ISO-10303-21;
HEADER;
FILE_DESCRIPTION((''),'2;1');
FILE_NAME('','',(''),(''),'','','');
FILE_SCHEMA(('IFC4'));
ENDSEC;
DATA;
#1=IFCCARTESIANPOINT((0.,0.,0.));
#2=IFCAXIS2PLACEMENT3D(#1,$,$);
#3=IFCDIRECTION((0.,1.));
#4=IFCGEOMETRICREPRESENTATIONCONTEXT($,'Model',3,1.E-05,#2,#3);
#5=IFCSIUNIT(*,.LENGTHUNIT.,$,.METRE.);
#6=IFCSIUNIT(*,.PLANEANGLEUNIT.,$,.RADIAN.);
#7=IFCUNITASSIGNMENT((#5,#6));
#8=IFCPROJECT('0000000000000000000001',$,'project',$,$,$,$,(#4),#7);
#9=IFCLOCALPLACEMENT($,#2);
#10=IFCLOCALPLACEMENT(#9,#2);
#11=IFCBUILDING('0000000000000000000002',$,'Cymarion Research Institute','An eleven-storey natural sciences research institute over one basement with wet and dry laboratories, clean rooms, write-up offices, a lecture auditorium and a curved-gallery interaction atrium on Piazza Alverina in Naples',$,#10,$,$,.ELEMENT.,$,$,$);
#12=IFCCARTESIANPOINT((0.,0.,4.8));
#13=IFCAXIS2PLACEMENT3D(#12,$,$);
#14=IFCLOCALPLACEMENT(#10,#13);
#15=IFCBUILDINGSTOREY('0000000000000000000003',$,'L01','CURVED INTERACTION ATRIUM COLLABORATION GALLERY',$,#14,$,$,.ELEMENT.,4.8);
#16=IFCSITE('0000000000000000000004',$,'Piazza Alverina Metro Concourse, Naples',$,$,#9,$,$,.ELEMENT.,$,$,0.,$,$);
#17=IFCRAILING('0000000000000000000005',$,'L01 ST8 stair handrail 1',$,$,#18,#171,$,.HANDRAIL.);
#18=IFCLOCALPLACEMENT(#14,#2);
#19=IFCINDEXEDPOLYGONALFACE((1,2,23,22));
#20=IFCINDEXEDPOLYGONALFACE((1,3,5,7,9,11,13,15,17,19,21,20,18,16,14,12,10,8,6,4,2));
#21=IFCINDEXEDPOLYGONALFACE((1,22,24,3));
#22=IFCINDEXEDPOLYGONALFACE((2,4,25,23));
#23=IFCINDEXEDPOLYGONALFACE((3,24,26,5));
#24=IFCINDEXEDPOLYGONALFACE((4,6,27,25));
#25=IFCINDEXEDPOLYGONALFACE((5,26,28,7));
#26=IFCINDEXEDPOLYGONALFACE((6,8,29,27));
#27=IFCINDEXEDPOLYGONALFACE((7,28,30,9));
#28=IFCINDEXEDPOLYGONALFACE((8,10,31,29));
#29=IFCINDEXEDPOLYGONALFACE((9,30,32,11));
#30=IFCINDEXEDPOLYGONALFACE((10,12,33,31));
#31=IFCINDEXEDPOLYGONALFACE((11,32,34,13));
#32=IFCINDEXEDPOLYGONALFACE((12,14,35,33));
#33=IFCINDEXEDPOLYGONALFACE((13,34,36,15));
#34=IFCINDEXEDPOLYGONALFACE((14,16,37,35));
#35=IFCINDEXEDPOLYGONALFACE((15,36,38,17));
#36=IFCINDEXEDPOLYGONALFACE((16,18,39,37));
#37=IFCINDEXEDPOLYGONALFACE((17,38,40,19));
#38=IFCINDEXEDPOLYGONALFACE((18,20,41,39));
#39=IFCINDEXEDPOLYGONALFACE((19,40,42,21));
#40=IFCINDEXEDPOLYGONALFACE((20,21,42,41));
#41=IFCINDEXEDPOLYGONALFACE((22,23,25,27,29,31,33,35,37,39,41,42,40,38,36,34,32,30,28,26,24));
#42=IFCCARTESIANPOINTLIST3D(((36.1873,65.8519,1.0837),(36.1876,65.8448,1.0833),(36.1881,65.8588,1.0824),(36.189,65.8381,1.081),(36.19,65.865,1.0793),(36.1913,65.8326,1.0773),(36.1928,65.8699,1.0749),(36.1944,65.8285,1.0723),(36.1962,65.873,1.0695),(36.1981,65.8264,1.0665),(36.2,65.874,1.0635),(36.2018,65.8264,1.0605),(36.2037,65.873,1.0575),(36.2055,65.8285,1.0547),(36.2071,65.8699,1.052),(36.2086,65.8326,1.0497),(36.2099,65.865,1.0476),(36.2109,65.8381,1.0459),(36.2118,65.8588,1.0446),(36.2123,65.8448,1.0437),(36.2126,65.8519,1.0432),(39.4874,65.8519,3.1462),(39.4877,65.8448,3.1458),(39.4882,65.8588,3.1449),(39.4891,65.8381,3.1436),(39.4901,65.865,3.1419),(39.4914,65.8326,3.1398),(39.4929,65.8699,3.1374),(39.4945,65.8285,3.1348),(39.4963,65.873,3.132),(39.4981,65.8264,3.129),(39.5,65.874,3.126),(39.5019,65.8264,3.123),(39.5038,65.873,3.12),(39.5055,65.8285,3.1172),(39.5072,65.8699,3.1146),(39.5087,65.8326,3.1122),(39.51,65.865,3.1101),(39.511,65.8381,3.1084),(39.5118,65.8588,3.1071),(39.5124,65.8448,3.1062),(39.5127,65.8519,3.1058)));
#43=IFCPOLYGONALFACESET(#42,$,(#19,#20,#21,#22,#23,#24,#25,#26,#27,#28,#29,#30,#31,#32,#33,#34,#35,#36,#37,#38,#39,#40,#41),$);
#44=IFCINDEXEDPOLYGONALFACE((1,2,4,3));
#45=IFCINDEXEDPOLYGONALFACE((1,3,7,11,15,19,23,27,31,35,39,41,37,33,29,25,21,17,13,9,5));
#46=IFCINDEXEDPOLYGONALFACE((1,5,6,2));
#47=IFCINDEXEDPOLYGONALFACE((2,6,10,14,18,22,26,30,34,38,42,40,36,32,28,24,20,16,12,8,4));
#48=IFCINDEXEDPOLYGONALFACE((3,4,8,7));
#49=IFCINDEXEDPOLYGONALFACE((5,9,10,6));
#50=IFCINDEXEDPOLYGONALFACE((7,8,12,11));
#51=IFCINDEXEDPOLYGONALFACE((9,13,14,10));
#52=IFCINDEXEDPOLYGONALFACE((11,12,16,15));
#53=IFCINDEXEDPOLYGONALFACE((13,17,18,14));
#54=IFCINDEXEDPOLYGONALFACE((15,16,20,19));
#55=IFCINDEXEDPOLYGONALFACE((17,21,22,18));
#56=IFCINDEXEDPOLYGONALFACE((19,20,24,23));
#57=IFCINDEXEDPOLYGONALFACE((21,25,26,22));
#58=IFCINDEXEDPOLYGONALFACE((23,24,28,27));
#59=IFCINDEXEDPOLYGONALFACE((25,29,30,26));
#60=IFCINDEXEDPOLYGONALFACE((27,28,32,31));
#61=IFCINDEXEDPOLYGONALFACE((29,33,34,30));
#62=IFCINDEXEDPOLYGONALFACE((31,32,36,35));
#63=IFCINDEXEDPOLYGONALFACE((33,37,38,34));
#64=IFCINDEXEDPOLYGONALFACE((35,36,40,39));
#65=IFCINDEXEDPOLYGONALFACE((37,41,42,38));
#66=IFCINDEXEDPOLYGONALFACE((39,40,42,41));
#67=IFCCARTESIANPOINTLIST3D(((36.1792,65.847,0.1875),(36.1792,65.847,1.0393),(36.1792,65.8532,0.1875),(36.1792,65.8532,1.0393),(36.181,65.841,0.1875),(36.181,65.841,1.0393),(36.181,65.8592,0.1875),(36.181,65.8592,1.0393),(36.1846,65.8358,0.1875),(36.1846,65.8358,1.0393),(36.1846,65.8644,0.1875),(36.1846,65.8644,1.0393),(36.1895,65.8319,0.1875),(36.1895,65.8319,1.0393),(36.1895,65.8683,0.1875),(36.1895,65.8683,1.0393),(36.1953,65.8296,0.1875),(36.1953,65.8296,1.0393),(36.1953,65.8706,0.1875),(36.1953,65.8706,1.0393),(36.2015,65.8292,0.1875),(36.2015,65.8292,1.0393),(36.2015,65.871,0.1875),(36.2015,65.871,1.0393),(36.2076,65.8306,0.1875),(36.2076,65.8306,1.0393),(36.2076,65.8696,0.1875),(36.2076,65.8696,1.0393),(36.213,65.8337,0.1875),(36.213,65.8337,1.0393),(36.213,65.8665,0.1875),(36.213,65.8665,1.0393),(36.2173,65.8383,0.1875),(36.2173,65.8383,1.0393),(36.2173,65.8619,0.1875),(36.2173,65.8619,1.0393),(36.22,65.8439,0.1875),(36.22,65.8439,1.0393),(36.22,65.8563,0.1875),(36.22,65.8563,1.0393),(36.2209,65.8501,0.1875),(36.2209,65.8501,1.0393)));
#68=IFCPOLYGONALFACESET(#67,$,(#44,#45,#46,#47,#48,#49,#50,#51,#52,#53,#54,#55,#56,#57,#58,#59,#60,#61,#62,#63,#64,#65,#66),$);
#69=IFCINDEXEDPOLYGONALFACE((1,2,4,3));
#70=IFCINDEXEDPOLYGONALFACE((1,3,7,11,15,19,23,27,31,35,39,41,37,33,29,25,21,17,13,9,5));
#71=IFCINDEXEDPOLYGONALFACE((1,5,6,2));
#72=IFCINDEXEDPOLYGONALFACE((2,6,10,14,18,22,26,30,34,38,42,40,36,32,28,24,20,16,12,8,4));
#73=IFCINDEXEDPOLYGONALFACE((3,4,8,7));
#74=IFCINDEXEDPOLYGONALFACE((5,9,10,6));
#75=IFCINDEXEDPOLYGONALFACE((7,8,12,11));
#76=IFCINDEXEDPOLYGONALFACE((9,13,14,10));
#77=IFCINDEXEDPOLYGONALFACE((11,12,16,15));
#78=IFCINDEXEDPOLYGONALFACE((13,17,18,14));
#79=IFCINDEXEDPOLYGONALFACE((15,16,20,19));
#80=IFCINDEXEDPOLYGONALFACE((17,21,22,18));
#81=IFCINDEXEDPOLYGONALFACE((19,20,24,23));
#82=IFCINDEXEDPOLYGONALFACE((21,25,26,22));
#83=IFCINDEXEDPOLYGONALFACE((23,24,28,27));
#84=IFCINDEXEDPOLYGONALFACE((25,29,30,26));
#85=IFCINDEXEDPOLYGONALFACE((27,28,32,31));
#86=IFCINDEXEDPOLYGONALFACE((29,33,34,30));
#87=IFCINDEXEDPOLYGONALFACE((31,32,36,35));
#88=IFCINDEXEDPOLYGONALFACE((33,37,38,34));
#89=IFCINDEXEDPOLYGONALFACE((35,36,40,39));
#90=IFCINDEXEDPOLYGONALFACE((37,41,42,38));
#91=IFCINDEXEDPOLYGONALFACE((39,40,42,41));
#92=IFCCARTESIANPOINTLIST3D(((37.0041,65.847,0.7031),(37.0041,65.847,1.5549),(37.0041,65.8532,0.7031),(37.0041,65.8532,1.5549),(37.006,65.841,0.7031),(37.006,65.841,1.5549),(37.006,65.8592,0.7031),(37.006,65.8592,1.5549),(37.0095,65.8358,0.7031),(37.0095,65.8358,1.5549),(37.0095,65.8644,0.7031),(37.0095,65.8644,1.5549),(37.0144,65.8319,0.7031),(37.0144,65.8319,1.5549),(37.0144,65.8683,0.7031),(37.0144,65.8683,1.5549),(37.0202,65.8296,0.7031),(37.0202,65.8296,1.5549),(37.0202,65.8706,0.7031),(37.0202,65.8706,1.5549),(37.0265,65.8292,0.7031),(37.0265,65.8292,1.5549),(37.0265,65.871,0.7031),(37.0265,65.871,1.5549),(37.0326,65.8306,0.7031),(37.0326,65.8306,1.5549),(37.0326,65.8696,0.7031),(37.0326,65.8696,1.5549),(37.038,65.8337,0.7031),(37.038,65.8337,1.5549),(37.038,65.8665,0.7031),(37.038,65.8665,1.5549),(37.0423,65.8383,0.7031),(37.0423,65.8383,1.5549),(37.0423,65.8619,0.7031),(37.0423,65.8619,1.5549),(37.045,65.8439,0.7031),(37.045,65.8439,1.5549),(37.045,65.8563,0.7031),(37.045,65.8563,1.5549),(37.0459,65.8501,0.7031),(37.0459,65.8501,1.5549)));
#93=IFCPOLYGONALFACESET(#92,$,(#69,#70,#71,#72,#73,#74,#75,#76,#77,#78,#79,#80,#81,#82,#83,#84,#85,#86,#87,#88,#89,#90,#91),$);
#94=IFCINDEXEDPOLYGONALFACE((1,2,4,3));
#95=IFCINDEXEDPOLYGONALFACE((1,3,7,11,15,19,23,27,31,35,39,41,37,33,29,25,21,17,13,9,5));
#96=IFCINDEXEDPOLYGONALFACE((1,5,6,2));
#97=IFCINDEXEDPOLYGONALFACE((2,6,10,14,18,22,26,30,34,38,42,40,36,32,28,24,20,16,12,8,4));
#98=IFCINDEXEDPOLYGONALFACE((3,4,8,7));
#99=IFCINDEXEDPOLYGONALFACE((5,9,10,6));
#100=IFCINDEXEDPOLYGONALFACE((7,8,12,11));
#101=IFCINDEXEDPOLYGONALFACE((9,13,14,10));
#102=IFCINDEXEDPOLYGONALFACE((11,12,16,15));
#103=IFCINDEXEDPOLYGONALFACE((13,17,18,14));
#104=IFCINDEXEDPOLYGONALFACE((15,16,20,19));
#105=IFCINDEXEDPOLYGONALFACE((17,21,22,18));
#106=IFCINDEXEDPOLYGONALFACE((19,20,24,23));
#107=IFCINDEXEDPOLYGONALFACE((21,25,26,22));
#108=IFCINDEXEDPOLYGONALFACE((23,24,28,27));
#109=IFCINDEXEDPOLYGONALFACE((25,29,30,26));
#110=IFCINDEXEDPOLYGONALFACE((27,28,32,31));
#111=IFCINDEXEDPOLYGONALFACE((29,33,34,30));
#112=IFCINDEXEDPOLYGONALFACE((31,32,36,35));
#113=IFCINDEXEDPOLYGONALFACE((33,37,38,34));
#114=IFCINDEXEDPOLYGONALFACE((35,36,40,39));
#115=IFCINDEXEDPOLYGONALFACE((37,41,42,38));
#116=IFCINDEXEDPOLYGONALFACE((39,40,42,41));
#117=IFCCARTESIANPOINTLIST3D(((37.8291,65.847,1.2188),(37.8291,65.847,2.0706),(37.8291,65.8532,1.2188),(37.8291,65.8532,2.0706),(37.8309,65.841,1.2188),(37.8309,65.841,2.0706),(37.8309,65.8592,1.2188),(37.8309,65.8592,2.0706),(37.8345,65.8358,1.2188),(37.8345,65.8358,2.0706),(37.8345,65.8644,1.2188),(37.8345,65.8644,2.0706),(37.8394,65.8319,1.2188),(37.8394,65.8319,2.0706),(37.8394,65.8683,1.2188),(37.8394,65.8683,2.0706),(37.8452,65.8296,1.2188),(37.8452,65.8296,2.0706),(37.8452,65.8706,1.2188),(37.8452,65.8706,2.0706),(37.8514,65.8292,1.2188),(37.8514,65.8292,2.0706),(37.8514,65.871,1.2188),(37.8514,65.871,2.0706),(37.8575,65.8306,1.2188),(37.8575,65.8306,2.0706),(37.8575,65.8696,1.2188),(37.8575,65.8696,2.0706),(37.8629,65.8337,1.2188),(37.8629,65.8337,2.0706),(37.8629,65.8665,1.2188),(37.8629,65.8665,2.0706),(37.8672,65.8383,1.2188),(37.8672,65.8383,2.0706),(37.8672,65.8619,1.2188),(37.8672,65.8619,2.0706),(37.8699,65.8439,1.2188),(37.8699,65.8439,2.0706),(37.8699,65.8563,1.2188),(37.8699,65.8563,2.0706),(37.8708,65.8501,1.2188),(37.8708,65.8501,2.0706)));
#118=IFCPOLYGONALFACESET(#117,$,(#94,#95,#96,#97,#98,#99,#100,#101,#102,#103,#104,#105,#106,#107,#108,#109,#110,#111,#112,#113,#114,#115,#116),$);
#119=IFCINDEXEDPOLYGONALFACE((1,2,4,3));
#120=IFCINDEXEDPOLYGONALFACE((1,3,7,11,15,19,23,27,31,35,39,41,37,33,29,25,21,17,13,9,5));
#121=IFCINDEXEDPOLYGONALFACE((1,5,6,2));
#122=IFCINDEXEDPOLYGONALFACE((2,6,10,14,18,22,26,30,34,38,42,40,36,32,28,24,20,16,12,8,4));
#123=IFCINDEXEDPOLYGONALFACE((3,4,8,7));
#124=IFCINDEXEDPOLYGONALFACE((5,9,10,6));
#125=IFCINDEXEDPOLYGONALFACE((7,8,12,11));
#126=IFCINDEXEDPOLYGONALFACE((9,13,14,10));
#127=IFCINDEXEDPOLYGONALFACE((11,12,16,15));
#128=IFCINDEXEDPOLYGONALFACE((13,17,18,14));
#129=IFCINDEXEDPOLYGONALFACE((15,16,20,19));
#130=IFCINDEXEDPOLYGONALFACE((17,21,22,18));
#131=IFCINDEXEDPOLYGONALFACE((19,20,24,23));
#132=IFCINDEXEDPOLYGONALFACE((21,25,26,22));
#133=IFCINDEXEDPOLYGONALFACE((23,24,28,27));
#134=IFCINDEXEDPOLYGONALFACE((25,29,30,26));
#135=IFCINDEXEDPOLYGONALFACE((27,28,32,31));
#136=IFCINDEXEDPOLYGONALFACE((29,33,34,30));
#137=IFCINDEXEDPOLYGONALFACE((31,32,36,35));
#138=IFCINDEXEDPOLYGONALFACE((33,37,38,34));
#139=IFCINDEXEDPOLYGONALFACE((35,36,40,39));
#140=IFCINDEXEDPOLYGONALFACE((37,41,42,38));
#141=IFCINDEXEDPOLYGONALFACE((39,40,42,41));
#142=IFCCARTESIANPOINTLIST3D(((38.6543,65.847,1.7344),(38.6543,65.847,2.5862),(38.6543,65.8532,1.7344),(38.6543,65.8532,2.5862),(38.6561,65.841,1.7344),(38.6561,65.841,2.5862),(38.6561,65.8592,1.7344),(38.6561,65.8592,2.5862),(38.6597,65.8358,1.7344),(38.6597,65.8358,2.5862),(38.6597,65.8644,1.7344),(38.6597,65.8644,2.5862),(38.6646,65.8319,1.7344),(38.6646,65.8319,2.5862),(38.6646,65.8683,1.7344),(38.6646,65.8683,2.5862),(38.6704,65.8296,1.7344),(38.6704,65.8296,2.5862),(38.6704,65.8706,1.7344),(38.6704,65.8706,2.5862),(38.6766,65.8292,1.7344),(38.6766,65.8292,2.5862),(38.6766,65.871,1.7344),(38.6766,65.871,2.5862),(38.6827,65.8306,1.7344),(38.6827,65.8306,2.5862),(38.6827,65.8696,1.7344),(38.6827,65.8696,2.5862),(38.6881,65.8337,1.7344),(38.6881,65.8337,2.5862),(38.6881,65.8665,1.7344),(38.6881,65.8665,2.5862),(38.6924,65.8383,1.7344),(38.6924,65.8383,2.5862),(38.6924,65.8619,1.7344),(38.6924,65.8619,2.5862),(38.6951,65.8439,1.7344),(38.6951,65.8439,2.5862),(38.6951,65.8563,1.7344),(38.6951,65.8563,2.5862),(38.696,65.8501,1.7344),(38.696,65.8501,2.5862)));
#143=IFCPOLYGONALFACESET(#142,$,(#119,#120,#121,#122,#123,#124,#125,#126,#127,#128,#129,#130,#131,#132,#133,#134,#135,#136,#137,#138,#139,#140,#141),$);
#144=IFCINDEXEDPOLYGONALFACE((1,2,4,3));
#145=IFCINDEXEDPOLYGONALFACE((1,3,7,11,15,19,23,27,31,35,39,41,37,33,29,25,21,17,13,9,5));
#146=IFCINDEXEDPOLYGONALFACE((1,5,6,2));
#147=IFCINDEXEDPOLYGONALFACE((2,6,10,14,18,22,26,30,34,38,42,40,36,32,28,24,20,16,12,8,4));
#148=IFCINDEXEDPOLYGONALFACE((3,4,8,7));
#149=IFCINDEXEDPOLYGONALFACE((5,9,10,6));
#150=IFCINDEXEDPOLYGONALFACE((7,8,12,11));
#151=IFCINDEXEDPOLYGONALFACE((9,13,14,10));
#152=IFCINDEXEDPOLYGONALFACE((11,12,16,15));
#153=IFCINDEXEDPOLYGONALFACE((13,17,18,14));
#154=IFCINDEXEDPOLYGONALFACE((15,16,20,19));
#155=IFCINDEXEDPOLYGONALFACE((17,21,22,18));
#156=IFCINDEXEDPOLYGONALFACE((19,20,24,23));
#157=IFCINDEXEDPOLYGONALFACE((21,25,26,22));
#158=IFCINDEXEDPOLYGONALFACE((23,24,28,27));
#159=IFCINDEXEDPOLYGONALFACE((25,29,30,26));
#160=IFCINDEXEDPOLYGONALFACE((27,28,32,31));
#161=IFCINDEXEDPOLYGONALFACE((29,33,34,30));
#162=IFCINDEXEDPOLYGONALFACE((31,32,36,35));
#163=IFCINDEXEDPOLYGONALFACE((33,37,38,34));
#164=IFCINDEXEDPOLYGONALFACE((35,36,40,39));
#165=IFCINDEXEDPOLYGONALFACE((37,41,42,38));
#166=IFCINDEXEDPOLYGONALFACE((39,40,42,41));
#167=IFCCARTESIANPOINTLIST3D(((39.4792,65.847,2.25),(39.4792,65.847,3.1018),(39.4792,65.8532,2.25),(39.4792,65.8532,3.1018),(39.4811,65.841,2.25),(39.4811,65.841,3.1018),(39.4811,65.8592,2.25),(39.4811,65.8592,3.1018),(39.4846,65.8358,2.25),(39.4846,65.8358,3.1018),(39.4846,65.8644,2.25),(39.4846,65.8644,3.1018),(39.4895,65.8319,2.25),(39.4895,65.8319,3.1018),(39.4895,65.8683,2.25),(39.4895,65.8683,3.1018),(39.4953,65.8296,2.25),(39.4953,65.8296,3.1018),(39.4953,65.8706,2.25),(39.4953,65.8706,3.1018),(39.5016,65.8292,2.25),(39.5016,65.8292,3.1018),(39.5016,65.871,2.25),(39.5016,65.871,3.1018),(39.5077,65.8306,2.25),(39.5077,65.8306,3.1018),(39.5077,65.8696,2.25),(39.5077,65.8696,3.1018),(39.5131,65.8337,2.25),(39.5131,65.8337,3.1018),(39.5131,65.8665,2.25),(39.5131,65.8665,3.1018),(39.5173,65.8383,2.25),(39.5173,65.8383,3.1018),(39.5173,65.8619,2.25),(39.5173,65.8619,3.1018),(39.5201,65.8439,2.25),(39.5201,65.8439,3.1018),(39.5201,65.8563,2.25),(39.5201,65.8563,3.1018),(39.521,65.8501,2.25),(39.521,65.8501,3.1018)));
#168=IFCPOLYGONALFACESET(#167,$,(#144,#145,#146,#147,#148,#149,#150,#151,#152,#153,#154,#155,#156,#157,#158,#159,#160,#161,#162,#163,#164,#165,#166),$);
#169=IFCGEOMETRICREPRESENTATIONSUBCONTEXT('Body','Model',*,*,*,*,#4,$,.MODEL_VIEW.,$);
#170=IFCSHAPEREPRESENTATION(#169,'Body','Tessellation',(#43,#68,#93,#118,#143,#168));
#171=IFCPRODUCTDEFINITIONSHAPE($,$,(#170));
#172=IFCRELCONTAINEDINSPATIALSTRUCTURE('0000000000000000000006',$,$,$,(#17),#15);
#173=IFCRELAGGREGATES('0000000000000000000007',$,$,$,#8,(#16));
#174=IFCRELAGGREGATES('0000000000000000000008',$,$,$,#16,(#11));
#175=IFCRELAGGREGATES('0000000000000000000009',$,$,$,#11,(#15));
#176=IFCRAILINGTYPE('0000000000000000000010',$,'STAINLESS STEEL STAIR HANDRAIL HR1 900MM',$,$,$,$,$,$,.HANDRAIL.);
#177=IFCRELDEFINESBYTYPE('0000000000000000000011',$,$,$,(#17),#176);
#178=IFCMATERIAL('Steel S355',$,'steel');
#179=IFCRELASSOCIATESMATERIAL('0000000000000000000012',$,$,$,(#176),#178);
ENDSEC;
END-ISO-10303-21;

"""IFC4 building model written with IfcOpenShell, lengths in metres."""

from ifc_helpers import new_model, si_unit, direction, frame, origin, origin_2d, place, context, subcontext, project, spatial, circle, extrude, material, type_object, element, save


model = new_model("IFC4")

# Units and contexts
model_context = context("Model", 3, precision=1e-05, world=origin(), true_north=direction((0.0, 1.0)))
body_context = subcontext(model_context, "Body", "Model", "MODEL_VIEW")
ifc_project = project(units=[si_unit("LENGTHUNIT", "METRE"), si_unit("PLANEANGLEUNIT", "RADIAN")], contexts=[model_context])

# Site, building, storey
site_placement = place(None, origin())
site = spatial("IfcSite", under=ifc_project, at=site_placement, Name="Piazza Alverina Metro Concourse, Naples", CompositionType="ELEMENT", RefElevation=0.0)
building_placement = place(site_placement, origin())
building = spatial("IfcBuilding", under=site, at=building_placement, Name="Cymarion Research Institute", Description="An eleven-storey natural sciences research institute over one basement with wet and dry laboratories, clean rooms, write-up offices, a lecture auditorium and a curved-gallery interaction atrium on Piazza Alverina in Naples", CompositionType="ELEMENT")
storey_placement = place(building_placement, frame((0.0, 0.0, 4.8)))
storey = spatial("IfcBuildingStorey", under=building, at=storey_placement, Name="L01", Description="CURVED INTERACTION ATRIUM COLLABORATION GALLERY", CompositionType="ELEMENT", Elevation=4.8)

# Shared definitions
ifc_material_1 = material(Name="Steel S355", Category="steel")

# Railing
railing_type_1 = type_object("IfcRailingType", Name="STAINLESS STEEL STAIR HANDRAIL HR1 900MM", PredefinedType="HANDRAIL", material=ifc_material_1)
railing_1_placement = place(storey_placement, frame((36.2, 65.8501, 0.1875)))
element("IfcRailing", 1, at=railing_1_placement, inside=storey, type_object=railing_type_1, Name="L01 ST8 stair handrail 1", PredefinedType="HANDRAIL", context=body_context, shape_type="SweptSolid", body=[
    extrude(circle(Radius=0.0239, at=origin_2d()), frame((0.0, 0.0, 0.876), z_axis=(0.848002, 0.0, 0.529993), x_axis=(0.0, 1.0, 0.0)), (0.0, 0.0, 1.0), 3.8916),
    extrude(circle(Radius=0.021, at=origin_2d()), origin(), (0.0, 0.0, 1.0), 0.8518),
    extrude(circle(Radius=0.021, at=origin_2d()), frame((0.825, 0.0, 0.5156)), (0.0, 0.0, 1.0), 0.8518),
    extrude(circle(Radius=0.021, at=origin_2d()), frame((1.6499, 0.0, 1.0312)), (0.0, 0.0, 1.0), 0.8518),
    extrude(circle(Radius=0.021, at=origin_2d()), frame((2.4751, 0.0, 1.5469)), (0.0, 0.0, 1.0), 0.8518),
    extrude(circle(Radius=0.021, at=origin_2d()), frame((3.3, 0.0, 2.0625)), (0.0, 0.0, 1.0), 0.8518),
])

save(model, "model.ifc")
